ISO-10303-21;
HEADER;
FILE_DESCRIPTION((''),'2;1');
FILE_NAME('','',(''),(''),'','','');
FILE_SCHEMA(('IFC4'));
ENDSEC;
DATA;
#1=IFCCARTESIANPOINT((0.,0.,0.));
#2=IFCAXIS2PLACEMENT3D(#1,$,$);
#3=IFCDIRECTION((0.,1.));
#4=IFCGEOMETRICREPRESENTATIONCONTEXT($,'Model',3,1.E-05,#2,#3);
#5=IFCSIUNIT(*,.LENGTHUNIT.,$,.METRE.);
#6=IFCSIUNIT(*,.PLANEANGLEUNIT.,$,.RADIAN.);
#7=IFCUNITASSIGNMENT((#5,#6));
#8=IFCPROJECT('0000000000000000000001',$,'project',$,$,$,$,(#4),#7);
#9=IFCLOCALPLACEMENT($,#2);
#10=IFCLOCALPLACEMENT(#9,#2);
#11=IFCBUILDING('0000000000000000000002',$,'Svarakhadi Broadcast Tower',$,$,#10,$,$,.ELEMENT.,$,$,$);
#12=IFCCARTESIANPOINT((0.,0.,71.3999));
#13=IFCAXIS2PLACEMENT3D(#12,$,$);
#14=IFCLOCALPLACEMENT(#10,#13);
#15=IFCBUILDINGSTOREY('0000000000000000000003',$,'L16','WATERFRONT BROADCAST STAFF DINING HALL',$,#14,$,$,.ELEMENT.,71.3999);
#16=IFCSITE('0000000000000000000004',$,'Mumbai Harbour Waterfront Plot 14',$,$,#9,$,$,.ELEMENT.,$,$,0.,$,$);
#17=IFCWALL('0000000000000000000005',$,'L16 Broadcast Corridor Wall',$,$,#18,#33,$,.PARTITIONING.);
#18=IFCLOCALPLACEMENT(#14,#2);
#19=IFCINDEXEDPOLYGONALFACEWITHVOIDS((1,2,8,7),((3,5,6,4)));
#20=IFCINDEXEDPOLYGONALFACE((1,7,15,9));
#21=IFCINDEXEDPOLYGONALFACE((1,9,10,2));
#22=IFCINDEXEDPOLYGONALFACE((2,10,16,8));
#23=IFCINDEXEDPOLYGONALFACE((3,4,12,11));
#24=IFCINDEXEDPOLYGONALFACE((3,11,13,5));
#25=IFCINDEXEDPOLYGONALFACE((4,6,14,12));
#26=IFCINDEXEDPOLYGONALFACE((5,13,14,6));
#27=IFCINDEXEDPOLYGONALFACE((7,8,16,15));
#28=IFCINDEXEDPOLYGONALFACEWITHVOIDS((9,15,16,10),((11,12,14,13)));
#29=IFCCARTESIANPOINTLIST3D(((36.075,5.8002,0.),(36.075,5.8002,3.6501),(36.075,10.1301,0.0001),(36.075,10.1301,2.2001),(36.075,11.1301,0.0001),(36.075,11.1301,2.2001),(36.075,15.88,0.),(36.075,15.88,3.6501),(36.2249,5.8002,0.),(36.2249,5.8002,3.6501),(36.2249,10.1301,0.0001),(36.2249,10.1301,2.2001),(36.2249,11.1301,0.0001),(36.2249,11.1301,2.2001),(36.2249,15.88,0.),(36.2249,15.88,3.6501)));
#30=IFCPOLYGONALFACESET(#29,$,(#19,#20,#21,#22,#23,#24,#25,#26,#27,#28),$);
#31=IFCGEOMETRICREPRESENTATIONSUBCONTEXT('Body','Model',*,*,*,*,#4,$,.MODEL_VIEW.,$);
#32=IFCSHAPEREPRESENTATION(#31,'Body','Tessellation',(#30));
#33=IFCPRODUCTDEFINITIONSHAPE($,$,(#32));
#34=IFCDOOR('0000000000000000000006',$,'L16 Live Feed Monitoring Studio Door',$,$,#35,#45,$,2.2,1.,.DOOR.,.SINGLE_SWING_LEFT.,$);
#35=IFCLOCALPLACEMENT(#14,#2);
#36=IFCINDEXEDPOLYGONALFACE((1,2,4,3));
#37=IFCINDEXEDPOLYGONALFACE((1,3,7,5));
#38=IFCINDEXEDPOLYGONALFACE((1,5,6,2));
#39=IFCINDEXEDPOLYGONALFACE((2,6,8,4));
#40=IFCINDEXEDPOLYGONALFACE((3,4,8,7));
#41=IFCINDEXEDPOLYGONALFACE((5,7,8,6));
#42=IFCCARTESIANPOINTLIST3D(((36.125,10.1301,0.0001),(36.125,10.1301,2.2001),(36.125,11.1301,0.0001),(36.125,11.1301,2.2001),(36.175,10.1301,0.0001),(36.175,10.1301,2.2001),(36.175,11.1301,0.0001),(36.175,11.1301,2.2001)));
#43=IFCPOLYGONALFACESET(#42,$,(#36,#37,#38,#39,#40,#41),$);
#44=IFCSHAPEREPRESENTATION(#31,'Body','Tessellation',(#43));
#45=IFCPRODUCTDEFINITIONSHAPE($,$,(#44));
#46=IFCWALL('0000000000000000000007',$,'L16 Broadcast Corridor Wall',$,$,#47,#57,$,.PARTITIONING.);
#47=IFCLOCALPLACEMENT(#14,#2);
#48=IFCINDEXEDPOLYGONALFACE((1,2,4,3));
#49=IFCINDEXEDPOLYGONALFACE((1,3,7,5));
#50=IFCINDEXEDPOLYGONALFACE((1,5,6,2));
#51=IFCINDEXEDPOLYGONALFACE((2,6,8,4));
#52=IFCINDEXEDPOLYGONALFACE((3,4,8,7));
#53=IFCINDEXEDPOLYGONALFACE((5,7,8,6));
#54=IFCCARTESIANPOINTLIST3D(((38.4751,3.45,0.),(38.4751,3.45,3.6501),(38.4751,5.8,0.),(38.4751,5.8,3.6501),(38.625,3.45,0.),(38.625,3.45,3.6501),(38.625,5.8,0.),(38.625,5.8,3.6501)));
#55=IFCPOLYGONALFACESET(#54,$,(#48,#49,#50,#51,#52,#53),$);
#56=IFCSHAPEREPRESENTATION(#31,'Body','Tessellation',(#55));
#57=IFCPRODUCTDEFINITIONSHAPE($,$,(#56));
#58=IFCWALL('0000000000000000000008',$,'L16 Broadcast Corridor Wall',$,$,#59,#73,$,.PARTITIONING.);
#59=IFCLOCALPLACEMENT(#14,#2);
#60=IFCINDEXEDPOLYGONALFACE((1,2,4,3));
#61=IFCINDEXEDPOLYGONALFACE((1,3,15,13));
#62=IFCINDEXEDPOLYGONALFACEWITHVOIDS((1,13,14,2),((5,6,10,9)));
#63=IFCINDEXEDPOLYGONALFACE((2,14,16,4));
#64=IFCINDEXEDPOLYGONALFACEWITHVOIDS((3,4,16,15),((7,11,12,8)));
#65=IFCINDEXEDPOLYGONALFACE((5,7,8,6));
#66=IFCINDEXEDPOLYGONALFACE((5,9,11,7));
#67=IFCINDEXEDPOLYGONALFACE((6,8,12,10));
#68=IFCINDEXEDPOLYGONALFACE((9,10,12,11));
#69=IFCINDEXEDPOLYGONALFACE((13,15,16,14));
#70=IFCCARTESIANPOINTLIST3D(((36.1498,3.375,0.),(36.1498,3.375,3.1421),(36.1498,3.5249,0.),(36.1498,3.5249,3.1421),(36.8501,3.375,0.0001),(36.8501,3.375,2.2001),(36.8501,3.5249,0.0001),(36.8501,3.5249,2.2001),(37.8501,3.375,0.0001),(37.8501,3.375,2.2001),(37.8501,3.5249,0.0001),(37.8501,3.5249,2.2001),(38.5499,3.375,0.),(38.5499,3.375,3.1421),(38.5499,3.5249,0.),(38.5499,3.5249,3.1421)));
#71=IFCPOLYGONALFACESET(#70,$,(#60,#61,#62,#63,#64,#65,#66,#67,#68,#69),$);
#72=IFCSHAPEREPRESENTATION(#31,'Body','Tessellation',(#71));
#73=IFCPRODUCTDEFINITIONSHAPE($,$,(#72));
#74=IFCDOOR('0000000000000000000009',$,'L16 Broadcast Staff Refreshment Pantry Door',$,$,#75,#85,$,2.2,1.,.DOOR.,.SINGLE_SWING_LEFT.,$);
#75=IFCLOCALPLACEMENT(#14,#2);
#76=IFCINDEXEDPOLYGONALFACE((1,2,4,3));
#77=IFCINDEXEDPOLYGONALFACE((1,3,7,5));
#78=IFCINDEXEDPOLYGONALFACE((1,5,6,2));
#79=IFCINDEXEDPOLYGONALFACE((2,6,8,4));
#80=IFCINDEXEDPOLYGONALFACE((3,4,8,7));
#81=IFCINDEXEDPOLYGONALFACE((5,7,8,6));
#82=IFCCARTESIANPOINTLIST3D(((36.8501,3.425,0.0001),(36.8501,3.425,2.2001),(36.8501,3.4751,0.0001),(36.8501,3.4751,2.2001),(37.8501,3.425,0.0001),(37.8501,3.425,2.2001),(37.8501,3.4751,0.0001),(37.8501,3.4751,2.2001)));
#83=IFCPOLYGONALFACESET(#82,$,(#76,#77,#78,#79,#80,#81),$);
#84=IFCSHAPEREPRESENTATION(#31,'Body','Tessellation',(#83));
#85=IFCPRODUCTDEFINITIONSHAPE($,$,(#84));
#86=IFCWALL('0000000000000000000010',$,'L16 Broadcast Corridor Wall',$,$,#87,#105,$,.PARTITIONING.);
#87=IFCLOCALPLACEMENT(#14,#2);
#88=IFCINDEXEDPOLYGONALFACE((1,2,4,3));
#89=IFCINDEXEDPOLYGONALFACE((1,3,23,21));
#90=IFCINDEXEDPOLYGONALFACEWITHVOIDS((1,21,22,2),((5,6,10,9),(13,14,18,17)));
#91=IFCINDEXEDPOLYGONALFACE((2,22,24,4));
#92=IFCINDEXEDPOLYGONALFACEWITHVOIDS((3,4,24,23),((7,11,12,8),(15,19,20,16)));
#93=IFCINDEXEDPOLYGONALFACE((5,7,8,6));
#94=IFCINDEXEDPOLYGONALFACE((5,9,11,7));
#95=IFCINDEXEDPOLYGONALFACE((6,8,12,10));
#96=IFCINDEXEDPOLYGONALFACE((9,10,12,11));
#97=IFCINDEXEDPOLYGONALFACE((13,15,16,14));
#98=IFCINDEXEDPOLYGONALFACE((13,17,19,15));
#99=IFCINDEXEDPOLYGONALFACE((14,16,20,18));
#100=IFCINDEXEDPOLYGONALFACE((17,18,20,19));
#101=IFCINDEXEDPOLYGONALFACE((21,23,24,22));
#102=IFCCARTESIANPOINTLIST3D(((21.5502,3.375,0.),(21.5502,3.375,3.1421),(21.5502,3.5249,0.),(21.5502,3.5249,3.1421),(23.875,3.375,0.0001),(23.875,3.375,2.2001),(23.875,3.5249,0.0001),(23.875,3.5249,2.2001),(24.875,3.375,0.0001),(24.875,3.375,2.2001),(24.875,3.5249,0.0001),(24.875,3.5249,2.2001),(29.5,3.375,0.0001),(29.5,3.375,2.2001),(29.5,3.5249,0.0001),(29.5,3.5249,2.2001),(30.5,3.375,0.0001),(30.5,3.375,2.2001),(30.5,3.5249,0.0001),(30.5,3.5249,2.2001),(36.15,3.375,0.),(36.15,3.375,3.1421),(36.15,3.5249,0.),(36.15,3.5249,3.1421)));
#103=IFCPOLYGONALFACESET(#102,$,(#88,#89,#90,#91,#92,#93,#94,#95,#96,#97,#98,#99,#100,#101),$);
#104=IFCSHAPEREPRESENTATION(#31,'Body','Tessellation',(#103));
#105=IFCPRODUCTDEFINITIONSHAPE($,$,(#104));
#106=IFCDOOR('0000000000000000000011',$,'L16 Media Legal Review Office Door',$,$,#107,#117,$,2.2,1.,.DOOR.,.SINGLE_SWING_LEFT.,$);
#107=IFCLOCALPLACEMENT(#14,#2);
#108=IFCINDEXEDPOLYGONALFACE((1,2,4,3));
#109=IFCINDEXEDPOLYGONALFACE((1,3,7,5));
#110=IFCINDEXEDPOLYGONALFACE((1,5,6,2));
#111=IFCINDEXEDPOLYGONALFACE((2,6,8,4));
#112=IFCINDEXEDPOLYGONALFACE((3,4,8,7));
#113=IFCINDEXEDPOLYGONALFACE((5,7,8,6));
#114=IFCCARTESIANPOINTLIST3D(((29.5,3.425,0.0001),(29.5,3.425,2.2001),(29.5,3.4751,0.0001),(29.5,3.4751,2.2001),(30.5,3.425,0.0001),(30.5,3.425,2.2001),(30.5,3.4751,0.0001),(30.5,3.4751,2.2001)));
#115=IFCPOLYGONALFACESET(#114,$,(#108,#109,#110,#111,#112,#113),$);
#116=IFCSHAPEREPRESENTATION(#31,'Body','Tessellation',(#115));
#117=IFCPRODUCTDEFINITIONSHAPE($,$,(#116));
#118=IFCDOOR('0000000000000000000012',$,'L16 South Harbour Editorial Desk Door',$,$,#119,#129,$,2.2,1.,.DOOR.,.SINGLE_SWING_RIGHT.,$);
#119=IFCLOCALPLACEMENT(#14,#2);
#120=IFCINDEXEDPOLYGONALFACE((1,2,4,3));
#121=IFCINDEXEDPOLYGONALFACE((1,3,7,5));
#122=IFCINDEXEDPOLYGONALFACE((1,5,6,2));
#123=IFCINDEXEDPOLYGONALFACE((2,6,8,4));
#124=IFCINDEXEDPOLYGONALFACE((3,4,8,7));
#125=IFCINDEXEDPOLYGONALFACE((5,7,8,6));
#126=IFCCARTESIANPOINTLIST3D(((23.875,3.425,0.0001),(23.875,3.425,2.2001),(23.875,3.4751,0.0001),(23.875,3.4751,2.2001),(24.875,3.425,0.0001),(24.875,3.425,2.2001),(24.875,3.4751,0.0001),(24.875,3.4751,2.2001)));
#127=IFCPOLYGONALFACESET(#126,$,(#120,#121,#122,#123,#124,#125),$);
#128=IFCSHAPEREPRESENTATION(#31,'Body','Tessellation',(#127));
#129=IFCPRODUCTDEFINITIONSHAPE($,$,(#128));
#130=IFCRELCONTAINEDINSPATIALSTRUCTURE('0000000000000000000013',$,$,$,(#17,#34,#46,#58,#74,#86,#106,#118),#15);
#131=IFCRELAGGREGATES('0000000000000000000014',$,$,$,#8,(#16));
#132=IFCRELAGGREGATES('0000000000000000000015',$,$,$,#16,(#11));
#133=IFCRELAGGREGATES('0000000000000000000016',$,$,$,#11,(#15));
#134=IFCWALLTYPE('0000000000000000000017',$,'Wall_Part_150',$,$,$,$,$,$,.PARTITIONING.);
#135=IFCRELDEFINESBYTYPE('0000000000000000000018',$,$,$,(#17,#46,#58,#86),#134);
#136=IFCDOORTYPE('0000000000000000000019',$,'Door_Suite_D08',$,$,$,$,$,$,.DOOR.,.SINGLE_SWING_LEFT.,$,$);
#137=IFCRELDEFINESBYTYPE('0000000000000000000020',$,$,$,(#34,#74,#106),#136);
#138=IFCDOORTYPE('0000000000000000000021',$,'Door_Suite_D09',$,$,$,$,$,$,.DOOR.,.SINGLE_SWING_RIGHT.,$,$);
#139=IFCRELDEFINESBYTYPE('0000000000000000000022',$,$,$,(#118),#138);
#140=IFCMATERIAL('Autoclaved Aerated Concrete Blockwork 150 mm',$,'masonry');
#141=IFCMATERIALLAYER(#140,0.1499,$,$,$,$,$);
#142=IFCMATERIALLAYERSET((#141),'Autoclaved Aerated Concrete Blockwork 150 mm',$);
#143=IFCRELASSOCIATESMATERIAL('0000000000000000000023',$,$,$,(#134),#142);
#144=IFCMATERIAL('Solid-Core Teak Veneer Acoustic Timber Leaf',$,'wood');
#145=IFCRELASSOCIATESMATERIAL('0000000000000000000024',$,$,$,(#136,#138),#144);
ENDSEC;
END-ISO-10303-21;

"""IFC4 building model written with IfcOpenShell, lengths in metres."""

from ifc_helpers import new_model, si_unit, direction, frame, frame_2d, origin, place, context, subcontext, project, spatial, rectangle, extrude, material, layer, layer_set, type_object, element, fill, save


model = new_model("IFC4")

# Units and contexts
model_context = context("Model", 3, precision=1e-05, world=origin(), true_north=direction((0.0, 1.0)))
body_context = subcontext(model_context, "Body", "Model", "MODEL_VIEW")
ifc_project = project(units=[si_unit("LENGTHUNIT", "METRE"), si_unit("PLANEANGLEUNIT", "RADIAN")], contexts=[model_context])

# Site, building, storey
site_placement = place(None, origin())
site = spatial("IfcSite", under=ifc_project, at=site_placement, Name="Mumbai Harbour Waterfront Plot 14", CompositionType="ELEMENT", RefElevation=0.0)
building_placement = place(site_placement, origin())
building = spatial("IfcBuilding", under=site, at=building_placement, Name="Svarakhadi Broadcast Tower", CompositionType="ELEMENT")
storey_placement = place(building_placement, frame((0.0, 0.0, 71.3999)))
storey = spatial("IfcBuildingStorey", under=building, at=storey_placement, Name="L16", Description="WATERFRONT BROADCAST STAFF DINING HALL", CompositionType="ELEMENT", Elevation=71.3999)

# Wall, opening, door
ifc_material_1 = material(Name="Autoclaved Aerated Concrete Blockwork 150 mm", Category="masonry")
ifc_layer_1 = layer(ifc_material_1, 0.1499)
ifc_layer_set_1 = layer_set([ifc_layer_1], Name="Autoclaved Aerated Concrete Blockwork 150 mm")
wall_type_1 = type_object("IfcWallType", Name="Wall_Part_150", PredefinedType="PARTITIONING", material=ifc_layer_set_1)
wall_1_placement = place(storey_placement, frame((36.1499, 5.8, 0.0), z_axis=(0.0, 0.0, 1.0), x_axis=(0.0, 1.0, 0.0)))
wall_1 = element("IfcWall", 1, at=wall_1_placement, inside=storey, type_object=wall_type_1, Name="L16 Broadcast Corridor Wall", PredefinedType="PARTITIONING", context=body_context, shape_type="SweptSolid", body=[
    extrude(rectangle(XDim=10.0798, YDim=0.1499, at=frame_2d((5.04, 0.0))), origin(), (0.0, 0.0, 1.0), 3.6501),
])
opening_1_placement = place(wall_1_placement, frame((4.3301, 0.0, 0.0)))
opening_1 = element("IfcOpeningElement", 2, at=opening_1_placement, cuts=wall_1, PredefinedType="OPENING", context=body_context, shape_type="SweptSolid", body=[
    extrude(rectangle(XDim=1.0, YDim=2.2, at=frame_2d((0.5, 1.1001))), frame((0.0, 0.085, 0.0), z_axis=(0.0, -1.0, 0.0), x_axis=(1.0, 0.0, 0.0)), (0.0, 0.0, 1.0), 0.1699),
])
ifc_material_2 = material(Name="Solid-Core Teak Veneer Acoustic Timber Leaf", Category="wood")
door_type_1 = type_object("IfcDoorType", Name="Door_Suite_D08", OperationType="SINGLE_SWING_LEFT", PredefinedType="DOOR", material=ifc_material_2)
door_1_placement = place(opening_1_placement, origin())
door_1 = element("IfcDoor", 3, at=door_1_placement, inside=storey, type_object=door_type_1, Name="L16 Live Feed Monitoring Studio Door", OperationType="SINGLE_SWING_LEFT", OverallHeight=2.2, OverallWidth=1.0, PredefinedType="DOOR", context=body_context, shape_type="SweptSolid", body=[
    extrude(rectangle(XDim=1.0, YDim=2.2, at=frame_2d((0.5, 1.1001))), frame((0.0, 0.0249, 0.0), z_axis=(0.0, -1.0, 0.0), x_axis=(1.0, 0.0, 0.0)), (0.0, 0.0, 1.0), 0.05),
])
fill(opening_1, door_1)

# Wall
wall_2_placement = place(storey_placement, frame((38.55, 5.8, 0.0), z_axis=(0.0, 0.0, 1.0), x_axis=(0.0, -1.0, 0.0)))
element("IfcWall", 4, at=wall_2_placement, inside=storey, type_object=wall_type_1, Name="L16 Broadcast Corridor Wall", PredefinedType="PARTITIONING", context=body_context, shape_type="SweptSolid", body=[
    extrude(rectangle(XDim=2.3501, YDim=0.1499, at=frame_2d((1.175, 0.0))), origin(), (0.0, 0.0, 1.0), 3.6501),
])

# Wall, opening, door
wall_3_placement = place(storey_placement, frame((38.55, 3.45, 0.0), z_axis=(0.0, 0.0, 1.0), x_axis=(-1.0, 0.0, 0.0)))
wall_3 = element("IfcWall", 5, at=wall_3_placement, inside=storey, type_object=wall_type_1, Name="L16 Broadcast Corridor Wall", PredefinedType="PARTITIONING", context=body_context, shape_type="SweptSolid", body=[
    extrude(rectangle(XDim=2.4001, YDim=0.1499, at=frame_2d((1.2002, 0.0))), origin(), (0.0, 0.0, 1.0), 3.1421),
])
opening_2_placement = place(wall_3_placement, frame((0.7, 0.0, 0.0)))
opening_2 = element("IfcOpeningElement", 6, at=opening_2_placement, cuts=wall_3, PredefinedType="OPENING", context=body_context, shape_type="SweptSolid", body=[
    extrude(rectangle(XDim=1.0, YDim=2.2, at=frame_2d((0.5, 1.1001))), frame((0.0, 0.085, 0.0), z_axis=(0.0, -1.0, 0.0), x_axis=(1.0, 0.0, 0.0)), (0.0, 0.0, 1.0), 0.1699),
])
door_2_placement = place(opening_2_placement, origin())
door_2 = element("IfcDoor", 7, at=door_2_placement, inside=storey, type_object=door_type_1, Name="L16 Broadcast Staff Refreshment Pantry Door", OperationType="SINGLE_SWING_LEFT", OverallHeight=2.2, OverallWidth=1.0, PredefinedType="DOOR", context=body_context, shape_type="SweptSolid", body=[
    extrude(rectangle(XDim=1.0, YDim=2.2, at=frame_2d((0.5, 1.1001))), frame((0.0, 0.0249, 0.0), z_axis=(0.0, -1.0, 0.0), x_axis=(1.0, 0.0, 0.0)), (0.0, 0.0, 1.0), 0.05),
])
fill(opening_2, door_2)

# Wall, openings, doors
wall_4_placement = place(storey_placement, frame((36.1499, 3.45, 0.0), z_axis=(0.0, 0.0, 1.0), x_axis=(-1.0, 0.0, 0.0)))
wall_4 = element("IfcWall", 8, at=wall_4_placement, inside=storey, type_object=wall_type_1, Name="L16 Broadcast Corridor Wall", PredefinedType="PARTITIONING", context=body_context, shape_type="SweptSolid", body=[
    extrude(rectangle(XDim=14.5999, YDim=0.1499, at=frame_2d((7.2998, 0.0))), origin(), (0.0, 0.0, 1.0), 3.1421),
])
opening_3_placement = place(wall_4_placement, frame((11.2749, 0.0, 0.0)))
opening_3 = element("IfcOpeningElement", 9, at=opening_3_placement, cuts=wall_4, PredefinedType="OPENING", context=body_context, shape_type="SweptSolid", body=[
    extrude(rectangle(XDim=1.0, YDim=2.2, at=frame_2d((0.5, 1.1001))), frame((0.0, 0.085, 0.0), z_axis=(0.0, -1.0, 0.0), x_axis=(1.0, 0.0, 0.0)), (0.0, 0.0, 1.0), 0.1699),
])
opening_4_placement = place(wall_4_placement, frame((5.6499, 0.0, 0.0)))
opening_4 = element("IfcOpeningElement", 10, at=opening_4_placement, cuts=wall_4, PredefinedType="OPENING", context=body_context, shape_type="SweptSolid", body=[
    extrude(rectangle(XDim=1.0, YDim=2.2, at=frame_2d((0.5, 1.1001))), frame((0.0, 0.085, 0.0), z_axis=(0.0, -1.0, 0.0), x_axis=(1.0, 0.0, 0.0)), (0.0, 0.0, 1.0), 0.1699),
])
door_3_placement = place(opening_4_placement, origin())
door_3 = element("IfcDoor", 11, at=door_3_placement, inside=storey, type_object=door_type_1, Name="L16 Media Legal Review Office Door", OperationType="SINGLE_SWING_LEFT", OverallHeight=2.2, OverallWidth=1.0, PredefinedType="DOOR", context=body_context, shape_type="SweptSolid", body=[
    extrude(rectangle(XDim=1.0, YDim=2.2, at=frame_2d((0.5, 1.1001))), frame((0.0, 0.0249, 0.0), z_axis=(0.0, -1.0, 0.0), x_axis=(1.0, 0.0, 0.0)), (0.0, 0.0, 1.0), 0.05),
])
fill(opening_4, door_3)
door_type_2 = type_object("IfcDoorType", Name="Door_Suite_D09", OperationType="SINGLE_SWING_RIGHT", PredefinedType="DOOR", material=ifc_material_2)
door_4_placement = place(opening_3_placement, origin())
door_4 = element("IfcDoor", 12, at=door_4_placement, inside=storey, type_object=door_type_2, Name="L16 South Harbour Editorial Desk Door", OperationType="SINGLE_SWING_RIGHT", OverallHeight=2.2, OverallWidth=1.0, PredefinedType="DOOR", context=body_context, shape_type="SweptSolid", body=[
    extrude(rectangle(XDim=1.0, YDim=2.2, at=frame_2d((0.5, 1.1001))), frame((0.0, 0.0249, 0.0), z_axis=(0.0, -1.0, 0.0), x_axis=(1.0, 0.0, 0.0)), (0.0, 0.0, 1.0), 0.05),
])
fill(opening_3, door_4)

save(model, "model.ifc")
